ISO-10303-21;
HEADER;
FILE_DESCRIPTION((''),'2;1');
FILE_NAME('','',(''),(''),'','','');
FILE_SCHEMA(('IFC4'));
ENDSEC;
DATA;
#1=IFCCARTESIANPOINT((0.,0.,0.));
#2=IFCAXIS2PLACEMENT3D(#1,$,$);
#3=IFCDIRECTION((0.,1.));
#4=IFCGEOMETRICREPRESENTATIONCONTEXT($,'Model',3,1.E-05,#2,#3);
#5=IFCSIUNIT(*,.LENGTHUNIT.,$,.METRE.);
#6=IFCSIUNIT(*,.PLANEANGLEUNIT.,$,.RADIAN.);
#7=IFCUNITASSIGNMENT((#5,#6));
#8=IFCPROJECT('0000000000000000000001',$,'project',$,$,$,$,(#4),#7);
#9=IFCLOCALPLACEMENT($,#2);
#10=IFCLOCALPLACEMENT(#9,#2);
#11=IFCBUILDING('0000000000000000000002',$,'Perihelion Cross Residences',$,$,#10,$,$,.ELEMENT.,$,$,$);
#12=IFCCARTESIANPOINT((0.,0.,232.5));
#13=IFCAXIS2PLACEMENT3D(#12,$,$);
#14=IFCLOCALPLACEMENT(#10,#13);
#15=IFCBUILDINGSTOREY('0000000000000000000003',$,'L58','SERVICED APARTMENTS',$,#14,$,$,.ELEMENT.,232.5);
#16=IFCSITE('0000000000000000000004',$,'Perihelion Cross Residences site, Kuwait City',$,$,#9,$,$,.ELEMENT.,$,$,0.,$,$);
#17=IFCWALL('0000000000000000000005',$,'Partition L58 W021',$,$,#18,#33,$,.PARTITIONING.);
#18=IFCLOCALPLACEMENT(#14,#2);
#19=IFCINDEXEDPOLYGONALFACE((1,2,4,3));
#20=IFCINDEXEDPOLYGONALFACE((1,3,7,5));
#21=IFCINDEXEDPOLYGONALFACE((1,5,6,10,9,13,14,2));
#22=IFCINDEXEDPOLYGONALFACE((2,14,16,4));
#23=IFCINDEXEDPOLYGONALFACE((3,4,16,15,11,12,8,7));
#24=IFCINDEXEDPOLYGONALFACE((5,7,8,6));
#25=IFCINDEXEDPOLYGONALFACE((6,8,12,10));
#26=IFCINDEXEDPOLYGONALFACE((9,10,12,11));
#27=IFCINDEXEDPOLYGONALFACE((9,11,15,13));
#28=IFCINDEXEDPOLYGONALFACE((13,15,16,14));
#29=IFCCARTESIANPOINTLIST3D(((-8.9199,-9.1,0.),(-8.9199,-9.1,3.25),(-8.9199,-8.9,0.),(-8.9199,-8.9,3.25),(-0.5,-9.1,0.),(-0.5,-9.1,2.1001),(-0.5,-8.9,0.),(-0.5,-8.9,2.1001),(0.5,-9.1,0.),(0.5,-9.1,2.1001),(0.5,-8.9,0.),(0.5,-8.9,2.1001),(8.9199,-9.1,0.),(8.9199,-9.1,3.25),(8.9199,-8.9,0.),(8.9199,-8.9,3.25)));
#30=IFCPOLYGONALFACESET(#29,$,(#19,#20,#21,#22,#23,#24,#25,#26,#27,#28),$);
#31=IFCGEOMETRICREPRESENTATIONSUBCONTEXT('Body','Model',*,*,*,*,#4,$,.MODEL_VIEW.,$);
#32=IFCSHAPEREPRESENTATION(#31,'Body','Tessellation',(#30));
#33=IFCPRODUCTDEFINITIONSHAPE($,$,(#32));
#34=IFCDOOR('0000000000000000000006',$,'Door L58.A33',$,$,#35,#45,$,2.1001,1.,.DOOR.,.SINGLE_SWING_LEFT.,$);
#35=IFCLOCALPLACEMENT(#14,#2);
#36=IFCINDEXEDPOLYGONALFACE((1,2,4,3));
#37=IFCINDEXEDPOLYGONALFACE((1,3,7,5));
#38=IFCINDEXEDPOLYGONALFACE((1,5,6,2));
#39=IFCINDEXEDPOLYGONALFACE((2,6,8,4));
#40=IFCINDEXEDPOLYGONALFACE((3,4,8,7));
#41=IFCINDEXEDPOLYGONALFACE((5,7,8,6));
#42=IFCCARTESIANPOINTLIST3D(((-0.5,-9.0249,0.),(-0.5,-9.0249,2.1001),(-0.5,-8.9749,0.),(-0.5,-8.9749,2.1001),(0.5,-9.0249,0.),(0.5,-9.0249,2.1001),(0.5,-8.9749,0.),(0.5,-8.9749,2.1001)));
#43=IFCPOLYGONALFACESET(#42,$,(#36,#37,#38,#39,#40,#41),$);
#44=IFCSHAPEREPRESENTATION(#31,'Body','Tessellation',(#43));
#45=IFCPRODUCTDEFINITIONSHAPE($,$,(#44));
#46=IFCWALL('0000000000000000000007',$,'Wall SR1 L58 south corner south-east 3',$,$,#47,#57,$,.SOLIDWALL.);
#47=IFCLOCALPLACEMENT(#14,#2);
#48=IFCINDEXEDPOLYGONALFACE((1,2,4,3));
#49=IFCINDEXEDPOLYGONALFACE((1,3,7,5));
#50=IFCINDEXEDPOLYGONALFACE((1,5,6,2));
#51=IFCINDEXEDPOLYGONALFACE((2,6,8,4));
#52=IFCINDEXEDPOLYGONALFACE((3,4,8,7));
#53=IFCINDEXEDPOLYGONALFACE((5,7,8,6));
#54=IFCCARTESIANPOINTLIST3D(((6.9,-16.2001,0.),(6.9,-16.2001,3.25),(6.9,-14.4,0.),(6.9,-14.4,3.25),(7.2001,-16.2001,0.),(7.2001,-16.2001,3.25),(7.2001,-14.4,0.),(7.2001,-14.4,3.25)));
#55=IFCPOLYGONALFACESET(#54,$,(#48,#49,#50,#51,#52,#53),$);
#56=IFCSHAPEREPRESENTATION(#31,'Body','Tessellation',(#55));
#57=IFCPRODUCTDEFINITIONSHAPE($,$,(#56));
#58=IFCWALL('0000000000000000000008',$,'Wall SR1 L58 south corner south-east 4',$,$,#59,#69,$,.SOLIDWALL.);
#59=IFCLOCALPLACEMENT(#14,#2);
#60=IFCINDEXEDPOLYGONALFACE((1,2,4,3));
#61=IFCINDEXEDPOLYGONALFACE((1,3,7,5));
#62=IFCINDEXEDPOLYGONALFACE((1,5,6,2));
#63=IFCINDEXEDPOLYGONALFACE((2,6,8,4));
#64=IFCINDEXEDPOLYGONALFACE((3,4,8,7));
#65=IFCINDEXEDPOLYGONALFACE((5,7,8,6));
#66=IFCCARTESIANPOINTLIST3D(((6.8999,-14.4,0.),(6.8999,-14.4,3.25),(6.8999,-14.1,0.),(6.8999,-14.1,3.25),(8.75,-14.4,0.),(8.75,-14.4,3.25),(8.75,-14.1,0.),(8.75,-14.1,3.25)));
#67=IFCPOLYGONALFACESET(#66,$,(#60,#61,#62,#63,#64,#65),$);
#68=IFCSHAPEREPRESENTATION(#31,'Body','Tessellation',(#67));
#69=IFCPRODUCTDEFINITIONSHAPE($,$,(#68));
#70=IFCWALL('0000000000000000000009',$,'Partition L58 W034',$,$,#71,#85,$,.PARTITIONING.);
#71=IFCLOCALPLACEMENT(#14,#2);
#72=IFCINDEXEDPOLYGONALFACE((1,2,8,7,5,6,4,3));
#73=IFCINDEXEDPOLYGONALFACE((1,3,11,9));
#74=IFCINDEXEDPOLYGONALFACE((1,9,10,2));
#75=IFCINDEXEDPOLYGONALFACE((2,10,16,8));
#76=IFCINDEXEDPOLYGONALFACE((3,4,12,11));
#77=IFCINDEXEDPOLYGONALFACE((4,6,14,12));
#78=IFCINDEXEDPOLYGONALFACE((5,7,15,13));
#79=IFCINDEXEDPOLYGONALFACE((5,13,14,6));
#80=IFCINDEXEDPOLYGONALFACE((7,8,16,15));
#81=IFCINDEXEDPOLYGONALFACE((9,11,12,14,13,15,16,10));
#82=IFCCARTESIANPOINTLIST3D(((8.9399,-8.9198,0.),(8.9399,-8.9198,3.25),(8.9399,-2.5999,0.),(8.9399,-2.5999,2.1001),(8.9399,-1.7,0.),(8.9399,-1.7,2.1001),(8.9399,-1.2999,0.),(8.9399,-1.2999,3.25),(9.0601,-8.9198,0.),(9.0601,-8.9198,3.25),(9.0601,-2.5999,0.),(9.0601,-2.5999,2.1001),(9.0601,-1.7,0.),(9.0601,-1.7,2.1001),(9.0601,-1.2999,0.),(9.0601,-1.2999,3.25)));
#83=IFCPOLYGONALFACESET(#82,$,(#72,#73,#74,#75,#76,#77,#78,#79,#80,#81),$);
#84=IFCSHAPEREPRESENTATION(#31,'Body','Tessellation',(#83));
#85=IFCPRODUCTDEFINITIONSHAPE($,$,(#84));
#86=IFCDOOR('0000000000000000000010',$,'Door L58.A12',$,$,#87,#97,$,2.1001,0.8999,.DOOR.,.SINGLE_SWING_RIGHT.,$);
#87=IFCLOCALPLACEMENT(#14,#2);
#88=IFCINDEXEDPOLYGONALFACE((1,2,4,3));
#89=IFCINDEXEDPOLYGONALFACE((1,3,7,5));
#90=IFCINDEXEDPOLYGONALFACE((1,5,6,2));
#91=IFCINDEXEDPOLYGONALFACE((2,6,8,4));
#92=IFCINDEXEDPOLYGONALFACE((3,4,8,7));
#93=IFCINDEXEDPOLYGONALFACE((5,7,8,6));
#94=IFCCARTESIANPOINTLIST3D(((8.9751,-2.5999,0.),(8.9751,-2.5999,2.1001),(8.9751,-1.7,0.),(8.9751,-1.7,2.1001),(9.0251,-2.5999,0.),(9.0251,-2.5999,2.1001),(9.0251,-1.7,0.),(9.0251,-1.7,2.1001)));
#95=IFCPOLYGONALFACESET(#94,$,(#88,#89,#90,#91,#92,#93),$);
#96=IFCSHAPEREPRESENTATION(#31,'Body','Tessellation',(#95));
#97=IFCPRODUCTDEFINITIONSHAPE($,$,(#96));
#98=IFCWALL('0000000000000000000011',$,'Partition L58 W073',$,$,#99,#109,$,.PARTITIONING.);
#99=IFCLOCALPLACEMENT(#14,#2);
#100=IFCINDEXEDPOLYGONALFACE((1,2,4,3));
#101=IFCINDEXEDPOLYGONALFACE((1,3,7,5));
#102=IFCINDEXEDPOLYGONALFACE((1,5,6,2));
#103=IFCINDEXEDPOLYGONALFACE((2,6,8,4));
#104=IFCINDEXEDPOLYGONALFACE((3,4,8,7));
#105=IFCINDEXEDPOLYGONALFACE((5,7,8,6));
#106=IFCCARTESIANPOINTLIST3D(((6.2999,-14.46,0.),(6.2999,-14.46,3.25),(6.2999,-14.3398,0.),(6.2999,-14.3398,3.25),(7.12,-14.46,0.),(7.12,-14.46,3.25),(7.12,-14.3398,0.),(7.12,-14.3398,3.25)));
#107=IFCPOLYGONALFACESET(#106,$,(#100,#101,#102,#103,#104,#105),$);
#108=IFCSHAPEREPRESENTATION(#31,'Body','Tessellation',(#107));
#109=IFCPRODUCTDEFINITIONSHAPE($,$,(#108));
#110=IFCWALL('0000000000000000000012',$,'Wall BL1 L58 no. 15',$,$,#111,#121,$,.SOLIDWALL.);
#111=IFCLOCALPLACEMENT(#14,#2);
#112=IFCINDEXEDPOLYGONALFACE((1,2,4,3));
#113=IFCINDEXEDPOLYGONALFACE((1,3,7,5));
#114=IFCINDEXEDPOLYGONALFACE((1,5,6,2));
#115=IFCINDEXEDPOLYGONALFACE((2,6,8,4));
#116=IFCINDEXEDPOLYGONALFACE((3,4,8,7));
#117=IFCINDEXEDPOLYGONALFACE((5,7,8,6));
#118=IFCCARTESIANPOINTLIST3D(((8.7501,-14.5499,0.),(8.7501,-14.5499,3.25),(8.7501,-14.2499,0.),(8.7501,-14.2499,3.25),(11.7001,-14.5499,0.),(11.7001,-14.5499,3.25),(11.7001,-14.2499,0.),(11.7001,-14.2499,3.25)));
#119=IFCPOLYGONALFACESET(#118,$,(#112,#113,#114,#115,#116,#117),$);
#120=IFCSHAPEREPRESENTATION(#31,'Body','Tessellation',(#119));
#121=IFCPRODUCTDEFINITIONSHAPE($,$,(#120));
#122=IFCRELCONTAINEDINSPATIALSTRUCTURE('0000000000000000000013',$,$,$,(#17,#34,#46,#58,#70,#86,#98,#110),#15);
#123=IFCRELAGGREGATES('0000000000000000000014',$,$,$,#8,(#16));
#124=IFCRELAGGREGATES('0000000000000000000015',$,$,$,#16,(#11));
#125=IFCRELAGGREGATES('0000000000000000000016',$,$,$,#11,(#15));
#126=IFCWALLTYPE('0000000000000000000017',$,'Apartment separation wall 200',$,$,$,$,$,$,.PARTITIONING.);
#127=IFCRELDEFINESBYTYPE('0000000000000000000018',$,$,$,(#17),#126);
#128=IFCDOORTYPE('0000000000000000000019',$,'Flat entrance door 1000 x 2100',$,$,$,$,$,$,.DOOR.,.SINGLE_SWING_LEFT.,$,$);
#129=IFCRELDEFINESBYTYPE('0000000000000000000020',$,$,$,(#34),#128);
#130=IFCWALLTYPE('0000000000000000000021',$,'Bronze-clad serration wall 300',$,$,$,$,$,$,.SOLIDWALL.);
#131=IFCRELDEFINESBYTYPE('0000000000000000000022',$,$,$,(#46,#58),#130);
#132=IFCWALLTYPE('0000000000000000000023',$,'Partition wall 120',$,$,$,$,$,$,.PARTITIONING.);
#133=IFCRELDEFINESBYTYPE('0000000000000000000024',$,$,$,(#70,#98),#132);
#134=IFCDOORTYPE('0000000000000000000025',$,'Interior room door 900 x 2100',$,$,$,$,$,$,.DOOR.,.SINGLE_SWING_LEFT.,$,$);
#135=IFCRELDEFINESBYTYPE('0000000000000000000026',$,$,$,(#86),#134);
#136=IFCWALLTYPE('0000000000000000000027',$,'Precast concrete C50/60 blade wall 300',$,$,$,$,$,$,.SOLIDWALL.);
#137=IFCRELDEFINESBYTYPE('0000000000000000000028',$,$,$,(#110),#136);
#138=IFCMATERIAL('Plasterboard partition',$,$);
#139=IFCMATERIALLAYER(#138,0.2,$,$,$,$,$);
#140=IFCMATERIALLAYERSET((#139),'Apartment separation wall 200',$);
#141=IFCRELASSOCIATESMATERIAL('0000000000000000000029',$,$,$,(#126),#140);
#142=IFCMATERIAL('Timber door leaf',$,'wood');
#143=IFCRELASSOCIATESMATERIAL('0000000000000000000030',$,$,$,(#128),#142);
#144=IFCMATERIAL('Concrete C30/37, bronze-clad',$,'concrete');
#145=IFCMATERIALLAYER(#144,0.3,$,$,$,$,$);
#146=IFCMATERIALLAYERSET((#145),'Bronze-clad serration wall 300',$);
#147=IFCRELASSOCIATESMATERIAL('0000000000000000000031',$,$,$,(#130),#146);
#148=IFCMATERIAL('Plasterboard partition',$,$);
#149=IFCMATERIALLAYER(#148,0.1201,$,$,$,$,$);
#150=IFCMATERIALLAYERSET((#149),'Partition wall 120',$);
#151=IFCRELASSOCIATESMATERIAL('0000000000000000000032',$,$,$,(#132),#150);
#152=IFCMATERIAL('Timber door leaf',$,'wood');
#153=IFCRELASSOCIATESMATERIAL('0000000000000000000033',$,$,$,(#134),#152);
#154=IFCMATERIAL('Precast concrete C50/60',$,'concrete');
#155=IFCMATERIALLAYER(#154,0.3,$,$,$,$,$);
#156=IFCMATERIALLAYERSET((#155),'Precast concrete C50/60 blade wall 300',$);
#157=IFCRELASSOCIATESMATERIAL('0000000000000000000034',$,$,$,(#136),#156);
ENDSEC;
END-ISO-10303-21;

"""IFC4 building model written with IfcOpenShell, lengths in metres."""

from ifc_helpers import new_model, si_unit, direction, frame, frame_2d, origin, place, context, subcontext, project, spatial, rectangle, extrude, material, layer, layer_set, type_object, element, fill, save


model = new_model("IFC4")

# Units and contexts
model_context = context("Model", 3, precision=1e-05, world=origin(), true_north=direction((0.0, 1.0)))
body_context = subcontext(model_context, "Body", "Model", "MODEL_VIEW")
ifc_project = project(units=[si_unit("LENGTHUNIT", "METRE"), si_unit("PLANEANGLEUNIT", "RADIAN")], contexts=[model_context])

# Site, building, storey
site_placement = place(None, origin())
site = spatial("IfcSite", under=ifc_project, at=site_placement, Name="Perihelion Cross Residences site, Kuwait City", CompositionType="ELEMENT", RefElevation=0.0)
building_placement = place(site_placement, origin())
building = spatial("IfcBuilding", under=site, at=building_placement, Name="Perihelion Cross Residences", CompositionType="ELEMENT")
storey_placement = place(building_placement, frame((0.0, 0.0, 232.5)))
storey = spatial("IfcBuildingStorey", under=building, at=storey_placement, Name="L58", Description="SERVICED APARTMENTS", CompositionType="ELEMENT", Elevation=232.5)

# Wall, opening, door
ifc_material_1 = material(Name="Plasterboard partition")
ifc_layer_1 = layer(ifc_material_1, 0.2)
ifc_layer_set_1 = layer_set([ifc_layer_1], Name="Apartment separation wall 200")
wall_type_1 = type_object("IfcWallType", Name="Apartment separation wall 200", PredefinedType="PARTITIONING", material=ifc_layer_set_1)
wall_1_placement = place(storey_placement, frame((8.9199, -9.0, 0.0), z_axis=(0.0, 0.0, 1.0), x_axis=(-1.0, 0.0, 0.0)))
wall_1 = element("IfcWall", 1, at=wall_1_placement, inside=storey, type_object=wall_type_1, Name="Partition L58 W021", PredefinedType="PARTITIONING", context=body_context, shape_type="SweptSolid", body=[
    extrude(rectangle(XDim=17.8398, YDim=0.2, at=frame_2d((8.9199, 0.0))), origin(), (0.0, 0.0, 1.0), 3.25),
])
opening_1_placement = place(wall_1_placement, frame((8.4199, 0.0, 0.0)))
opening_1 = element("IfcOpeningElement", 2, at=opening_1_placement, cuts=wall_1, PredefinedType="OPENING", context=body_context, shape_type="SweptSolid", body=[
    extrude(rectangle(XDim=1.0, YDim=2.1001, at=frame_2d((0.5, 1.05))), frame((0.0, 0.1099, 0.0), z_axis=(0.0, -1.0, 0.0), x_axis=(1.0, 0.0, 0.0)), (0.0, 0.0, 1.0), 0.22),
])
ifc_material_2 = material(Name="Timber door leaf", Category="wood")
door_type_1 = type_object("IfcDoorType", Name="Flat entrance door 1000 x 2100", OperationType="SINGLE_SWING_LEFT", PredefinedType="DOOR", material=ifc_material_2)
door_1_placement = place(opening_1_placement, origin())
door_1 = element("IfcDoor", 3, at=door_1_placement, inside=storey, type_object=door_type_1, Name="Door L58.A33", OperationType="SINGLE_SWING_LEFT", OverallHeight=2.1001, OverallWidth=1.0, PredefinedType="DOOR", context=body_context, shape_type="SweptSolid", body=[
    extrude(rectangle(XDim=1.0, YDim=2.1001, at=frame_2d((0.5, 1.05))), frame((0.0, 0.0249, 0.0), z_axis=(0.0, -1.0, 0.0), x_axis=(1.0, 0.0, 0.0)), (0.0, 0.0, 1.0), 0.05),
])
fill(opening_1, door_1)

# Walls
ifc_material_3 = material(Name="Concrete C30/37, bronze-clad", Category="concrete")
ifc_layer_2 = layer(ifc_material_3, 0.3)
ifc_layer_set_2 = layer_set([ifc_layer_2], Name="Bronze-clad serration wall 300")
wall_type_2 = type_object("IfcWallType", Name="Bronze-clad serration wall 300", PredefinedType="SOLIDWALL", material=ifc_layer_set_2)
wall_2_placement = place(storey_placement, frame((7.05, -16.2, 0.0), z_axis=(0.0, 0.0, 1.0), x_axis=(0.0, 1.0, 0.0)))
element("IfcWall", 4, at=wall_2_placement, inside=storey, type_object=wall_type_2, Name="Wall SR1 L58 south corner south-east 3", PredefinedType="SOLIDWALL", context=body_context, shape_type="SweptSolid", body=[
    extrude(rectangle(XDim=1.8, YDim=0.3, at=frame_2d((0.8999, 0.0))), origin(), (0.0, 0.0, 1.0), 3.25),
])
wall_3_placement = place(storey_placement, frame((6.8999, -14.25, 0.0), z_axis=(0.0, 0.0, 1.0), x_axis=(1.0, 0.0, 0.0)))
element("IfcWall", 5, at=wall_3_placement, inside=storey, type_object=wall_type_2, Name="Wall SR1 L58 south corner south-east 4", PredefinedType="SOLIDWALL", context=body_context, shape_type="SweptSolid", body=[
    extrude(rectangle(XDim=1.8501, YDim=0.3, at=frame_2d((0.925, 0.0))), origin(), (0.0, 0.0, 1.0), 3.25),
])

# Wall, opening, door
ifc_material_4 = material(Name="Plasterboard partition")
ifc_layer_3 = layer(ifc_material_4, 0.1201)
ifc_layer_set_3 = layer_set([ifc_layer_3], Name="Partition wall 120")
wall_type_3 = type_object("IfcWallType", Name="Partition wall 120", PredefinedType="PARTITIONING", material=ifc_layer_set_3)
wall_4_placement = place(storey_placement, frame((9.0, -8.9199, 0.0), z_axis=(0.0, 0.0, 1.0), x_axis=(0.0, 1.0, 0.0)))
wall_4 = element("IfcWall", 6, at=wall_4_placement, inside=storey, type_object=wall_type_3, Name="Partition L58 W034", PredefinedType="PARTITIONING", context=body_context, shape_type="SweptSolid", body=[
    extrude(rectangle(XDim=7.6199, YDim=0.1201, at=frame_2d((3.8101, 0.0))), origin(), (0.0, 0.0, 1.0), 3.25),
])
opening_2_placement = place(wall_4_placement, frame((6.3201, 0.0, 0.0)))
opening_2 = element("IfcOpeningElement", 7, at=opening_2_placement, cuts=wall_4, PredefinedType="OPENING", context=body_context, shape_type="SweptSolid", body=[
    extrude(rectangle(XDim=0.8999, YDim=2.1001, at=frame_2d((0.45, 1.05))), frame((0.0, 0.0701, 0.0), z_axis=(0.0, -1.0, 0.0), x_axis=(1.0, 0.0, 0.0)), (0.0, 0.0, 1.0), 0.1401),
])
ifc_material_5 = material(Name="Timber door leaf", Category="wood")
door_type_2 = type_object("IfcDoorType", Name="Interior room door 900 x 2100", OperationType="SINGLE_SWING_LEFT", PredefinedType="DOOR", material=ifc_material_5)
door_2_placement = place(opening_2_placement, origin())
door_2 = element("IfcDoor", 8, at=door_2_placement, inside=storey, type_object=door_type_2, Name="Door L58.A12", OperationType="SINGLE_SWING_RIGHT", OverallHeight=2.1001, OverallWidth=0.8999, PredefinedType="DOOR", context=body_context, shape_type="SweptSolid", body=[
    extrude(rectangle(XDim=0.8999, YDim=2.1001, at=frame_2d((0.45, 1.05))), frame((0.0, 0.0249, 0.0), z_axis=(0.0, -1.0, 0.0), x_axis=(1.0, 0.0, 0.0)), (0.0, 0.0, 1.0), 0.05),
])
fill(opening_2, door_2)

# Walls
wall_5_placement = place(storey_placement, frame((7.1201, -14.3999, 0.0), z_axis=(0.0, 0.0, 1.0), x_axis=(-1.0, 0.0, 0.0)))
element("IfcWall", 9, at=wall_5_placement, inside=storey, type_object=wall_type_3, Name="Partition L58 W073", PredefinedType="PARTITIONING", context=body_context, shape_type="SweptSolid", body=[
    extrude(rectangle(XDim=0.8201, YDim=0.1201, at=frame_2d((0.4102, 0.0))), origin(), (0.0, 0.0, 1.0), 3.25),
])
ifc_material_6 = material(Name="Precast concrete C50/60", Category="concrete")
ifc_layer_4 = layer(ifc_material_6, 0.3)
ifc_layer_set_4 = layer_set([ifc_layer_4], Name="Precast concrete C50/60 blade wall 300")
wall_type_4 = type_object("IfcWallType", Name="Precast concrete C50/60 blade wall 300", PredefinedType="SOLIDWALL", material=ifc_layer_set_4)
wall_6_placement = place(storey_placement, frame((8.75, -14.3999, 0.0), z_axis=(0.0, 0.0, 1.0), x_axis=(1.0, 0.0, 0.0)))
element("IfcWall", 10, at=wall_6_placement, inside=storey, type_object=wall_type_4, Name="Wall BL1 L58 no. 15", PredefinedType="SOLIDWALL", context=body_context, shape_type="SweptSolid", body=[
    extrude(rectangle(XDim=2.95, YDim=0.3, at=frame_2d((1.4751, 0.0))), origin(), (0.0, 0.0, 1.0), 3.25),
])

save(model, "model.ifc")
